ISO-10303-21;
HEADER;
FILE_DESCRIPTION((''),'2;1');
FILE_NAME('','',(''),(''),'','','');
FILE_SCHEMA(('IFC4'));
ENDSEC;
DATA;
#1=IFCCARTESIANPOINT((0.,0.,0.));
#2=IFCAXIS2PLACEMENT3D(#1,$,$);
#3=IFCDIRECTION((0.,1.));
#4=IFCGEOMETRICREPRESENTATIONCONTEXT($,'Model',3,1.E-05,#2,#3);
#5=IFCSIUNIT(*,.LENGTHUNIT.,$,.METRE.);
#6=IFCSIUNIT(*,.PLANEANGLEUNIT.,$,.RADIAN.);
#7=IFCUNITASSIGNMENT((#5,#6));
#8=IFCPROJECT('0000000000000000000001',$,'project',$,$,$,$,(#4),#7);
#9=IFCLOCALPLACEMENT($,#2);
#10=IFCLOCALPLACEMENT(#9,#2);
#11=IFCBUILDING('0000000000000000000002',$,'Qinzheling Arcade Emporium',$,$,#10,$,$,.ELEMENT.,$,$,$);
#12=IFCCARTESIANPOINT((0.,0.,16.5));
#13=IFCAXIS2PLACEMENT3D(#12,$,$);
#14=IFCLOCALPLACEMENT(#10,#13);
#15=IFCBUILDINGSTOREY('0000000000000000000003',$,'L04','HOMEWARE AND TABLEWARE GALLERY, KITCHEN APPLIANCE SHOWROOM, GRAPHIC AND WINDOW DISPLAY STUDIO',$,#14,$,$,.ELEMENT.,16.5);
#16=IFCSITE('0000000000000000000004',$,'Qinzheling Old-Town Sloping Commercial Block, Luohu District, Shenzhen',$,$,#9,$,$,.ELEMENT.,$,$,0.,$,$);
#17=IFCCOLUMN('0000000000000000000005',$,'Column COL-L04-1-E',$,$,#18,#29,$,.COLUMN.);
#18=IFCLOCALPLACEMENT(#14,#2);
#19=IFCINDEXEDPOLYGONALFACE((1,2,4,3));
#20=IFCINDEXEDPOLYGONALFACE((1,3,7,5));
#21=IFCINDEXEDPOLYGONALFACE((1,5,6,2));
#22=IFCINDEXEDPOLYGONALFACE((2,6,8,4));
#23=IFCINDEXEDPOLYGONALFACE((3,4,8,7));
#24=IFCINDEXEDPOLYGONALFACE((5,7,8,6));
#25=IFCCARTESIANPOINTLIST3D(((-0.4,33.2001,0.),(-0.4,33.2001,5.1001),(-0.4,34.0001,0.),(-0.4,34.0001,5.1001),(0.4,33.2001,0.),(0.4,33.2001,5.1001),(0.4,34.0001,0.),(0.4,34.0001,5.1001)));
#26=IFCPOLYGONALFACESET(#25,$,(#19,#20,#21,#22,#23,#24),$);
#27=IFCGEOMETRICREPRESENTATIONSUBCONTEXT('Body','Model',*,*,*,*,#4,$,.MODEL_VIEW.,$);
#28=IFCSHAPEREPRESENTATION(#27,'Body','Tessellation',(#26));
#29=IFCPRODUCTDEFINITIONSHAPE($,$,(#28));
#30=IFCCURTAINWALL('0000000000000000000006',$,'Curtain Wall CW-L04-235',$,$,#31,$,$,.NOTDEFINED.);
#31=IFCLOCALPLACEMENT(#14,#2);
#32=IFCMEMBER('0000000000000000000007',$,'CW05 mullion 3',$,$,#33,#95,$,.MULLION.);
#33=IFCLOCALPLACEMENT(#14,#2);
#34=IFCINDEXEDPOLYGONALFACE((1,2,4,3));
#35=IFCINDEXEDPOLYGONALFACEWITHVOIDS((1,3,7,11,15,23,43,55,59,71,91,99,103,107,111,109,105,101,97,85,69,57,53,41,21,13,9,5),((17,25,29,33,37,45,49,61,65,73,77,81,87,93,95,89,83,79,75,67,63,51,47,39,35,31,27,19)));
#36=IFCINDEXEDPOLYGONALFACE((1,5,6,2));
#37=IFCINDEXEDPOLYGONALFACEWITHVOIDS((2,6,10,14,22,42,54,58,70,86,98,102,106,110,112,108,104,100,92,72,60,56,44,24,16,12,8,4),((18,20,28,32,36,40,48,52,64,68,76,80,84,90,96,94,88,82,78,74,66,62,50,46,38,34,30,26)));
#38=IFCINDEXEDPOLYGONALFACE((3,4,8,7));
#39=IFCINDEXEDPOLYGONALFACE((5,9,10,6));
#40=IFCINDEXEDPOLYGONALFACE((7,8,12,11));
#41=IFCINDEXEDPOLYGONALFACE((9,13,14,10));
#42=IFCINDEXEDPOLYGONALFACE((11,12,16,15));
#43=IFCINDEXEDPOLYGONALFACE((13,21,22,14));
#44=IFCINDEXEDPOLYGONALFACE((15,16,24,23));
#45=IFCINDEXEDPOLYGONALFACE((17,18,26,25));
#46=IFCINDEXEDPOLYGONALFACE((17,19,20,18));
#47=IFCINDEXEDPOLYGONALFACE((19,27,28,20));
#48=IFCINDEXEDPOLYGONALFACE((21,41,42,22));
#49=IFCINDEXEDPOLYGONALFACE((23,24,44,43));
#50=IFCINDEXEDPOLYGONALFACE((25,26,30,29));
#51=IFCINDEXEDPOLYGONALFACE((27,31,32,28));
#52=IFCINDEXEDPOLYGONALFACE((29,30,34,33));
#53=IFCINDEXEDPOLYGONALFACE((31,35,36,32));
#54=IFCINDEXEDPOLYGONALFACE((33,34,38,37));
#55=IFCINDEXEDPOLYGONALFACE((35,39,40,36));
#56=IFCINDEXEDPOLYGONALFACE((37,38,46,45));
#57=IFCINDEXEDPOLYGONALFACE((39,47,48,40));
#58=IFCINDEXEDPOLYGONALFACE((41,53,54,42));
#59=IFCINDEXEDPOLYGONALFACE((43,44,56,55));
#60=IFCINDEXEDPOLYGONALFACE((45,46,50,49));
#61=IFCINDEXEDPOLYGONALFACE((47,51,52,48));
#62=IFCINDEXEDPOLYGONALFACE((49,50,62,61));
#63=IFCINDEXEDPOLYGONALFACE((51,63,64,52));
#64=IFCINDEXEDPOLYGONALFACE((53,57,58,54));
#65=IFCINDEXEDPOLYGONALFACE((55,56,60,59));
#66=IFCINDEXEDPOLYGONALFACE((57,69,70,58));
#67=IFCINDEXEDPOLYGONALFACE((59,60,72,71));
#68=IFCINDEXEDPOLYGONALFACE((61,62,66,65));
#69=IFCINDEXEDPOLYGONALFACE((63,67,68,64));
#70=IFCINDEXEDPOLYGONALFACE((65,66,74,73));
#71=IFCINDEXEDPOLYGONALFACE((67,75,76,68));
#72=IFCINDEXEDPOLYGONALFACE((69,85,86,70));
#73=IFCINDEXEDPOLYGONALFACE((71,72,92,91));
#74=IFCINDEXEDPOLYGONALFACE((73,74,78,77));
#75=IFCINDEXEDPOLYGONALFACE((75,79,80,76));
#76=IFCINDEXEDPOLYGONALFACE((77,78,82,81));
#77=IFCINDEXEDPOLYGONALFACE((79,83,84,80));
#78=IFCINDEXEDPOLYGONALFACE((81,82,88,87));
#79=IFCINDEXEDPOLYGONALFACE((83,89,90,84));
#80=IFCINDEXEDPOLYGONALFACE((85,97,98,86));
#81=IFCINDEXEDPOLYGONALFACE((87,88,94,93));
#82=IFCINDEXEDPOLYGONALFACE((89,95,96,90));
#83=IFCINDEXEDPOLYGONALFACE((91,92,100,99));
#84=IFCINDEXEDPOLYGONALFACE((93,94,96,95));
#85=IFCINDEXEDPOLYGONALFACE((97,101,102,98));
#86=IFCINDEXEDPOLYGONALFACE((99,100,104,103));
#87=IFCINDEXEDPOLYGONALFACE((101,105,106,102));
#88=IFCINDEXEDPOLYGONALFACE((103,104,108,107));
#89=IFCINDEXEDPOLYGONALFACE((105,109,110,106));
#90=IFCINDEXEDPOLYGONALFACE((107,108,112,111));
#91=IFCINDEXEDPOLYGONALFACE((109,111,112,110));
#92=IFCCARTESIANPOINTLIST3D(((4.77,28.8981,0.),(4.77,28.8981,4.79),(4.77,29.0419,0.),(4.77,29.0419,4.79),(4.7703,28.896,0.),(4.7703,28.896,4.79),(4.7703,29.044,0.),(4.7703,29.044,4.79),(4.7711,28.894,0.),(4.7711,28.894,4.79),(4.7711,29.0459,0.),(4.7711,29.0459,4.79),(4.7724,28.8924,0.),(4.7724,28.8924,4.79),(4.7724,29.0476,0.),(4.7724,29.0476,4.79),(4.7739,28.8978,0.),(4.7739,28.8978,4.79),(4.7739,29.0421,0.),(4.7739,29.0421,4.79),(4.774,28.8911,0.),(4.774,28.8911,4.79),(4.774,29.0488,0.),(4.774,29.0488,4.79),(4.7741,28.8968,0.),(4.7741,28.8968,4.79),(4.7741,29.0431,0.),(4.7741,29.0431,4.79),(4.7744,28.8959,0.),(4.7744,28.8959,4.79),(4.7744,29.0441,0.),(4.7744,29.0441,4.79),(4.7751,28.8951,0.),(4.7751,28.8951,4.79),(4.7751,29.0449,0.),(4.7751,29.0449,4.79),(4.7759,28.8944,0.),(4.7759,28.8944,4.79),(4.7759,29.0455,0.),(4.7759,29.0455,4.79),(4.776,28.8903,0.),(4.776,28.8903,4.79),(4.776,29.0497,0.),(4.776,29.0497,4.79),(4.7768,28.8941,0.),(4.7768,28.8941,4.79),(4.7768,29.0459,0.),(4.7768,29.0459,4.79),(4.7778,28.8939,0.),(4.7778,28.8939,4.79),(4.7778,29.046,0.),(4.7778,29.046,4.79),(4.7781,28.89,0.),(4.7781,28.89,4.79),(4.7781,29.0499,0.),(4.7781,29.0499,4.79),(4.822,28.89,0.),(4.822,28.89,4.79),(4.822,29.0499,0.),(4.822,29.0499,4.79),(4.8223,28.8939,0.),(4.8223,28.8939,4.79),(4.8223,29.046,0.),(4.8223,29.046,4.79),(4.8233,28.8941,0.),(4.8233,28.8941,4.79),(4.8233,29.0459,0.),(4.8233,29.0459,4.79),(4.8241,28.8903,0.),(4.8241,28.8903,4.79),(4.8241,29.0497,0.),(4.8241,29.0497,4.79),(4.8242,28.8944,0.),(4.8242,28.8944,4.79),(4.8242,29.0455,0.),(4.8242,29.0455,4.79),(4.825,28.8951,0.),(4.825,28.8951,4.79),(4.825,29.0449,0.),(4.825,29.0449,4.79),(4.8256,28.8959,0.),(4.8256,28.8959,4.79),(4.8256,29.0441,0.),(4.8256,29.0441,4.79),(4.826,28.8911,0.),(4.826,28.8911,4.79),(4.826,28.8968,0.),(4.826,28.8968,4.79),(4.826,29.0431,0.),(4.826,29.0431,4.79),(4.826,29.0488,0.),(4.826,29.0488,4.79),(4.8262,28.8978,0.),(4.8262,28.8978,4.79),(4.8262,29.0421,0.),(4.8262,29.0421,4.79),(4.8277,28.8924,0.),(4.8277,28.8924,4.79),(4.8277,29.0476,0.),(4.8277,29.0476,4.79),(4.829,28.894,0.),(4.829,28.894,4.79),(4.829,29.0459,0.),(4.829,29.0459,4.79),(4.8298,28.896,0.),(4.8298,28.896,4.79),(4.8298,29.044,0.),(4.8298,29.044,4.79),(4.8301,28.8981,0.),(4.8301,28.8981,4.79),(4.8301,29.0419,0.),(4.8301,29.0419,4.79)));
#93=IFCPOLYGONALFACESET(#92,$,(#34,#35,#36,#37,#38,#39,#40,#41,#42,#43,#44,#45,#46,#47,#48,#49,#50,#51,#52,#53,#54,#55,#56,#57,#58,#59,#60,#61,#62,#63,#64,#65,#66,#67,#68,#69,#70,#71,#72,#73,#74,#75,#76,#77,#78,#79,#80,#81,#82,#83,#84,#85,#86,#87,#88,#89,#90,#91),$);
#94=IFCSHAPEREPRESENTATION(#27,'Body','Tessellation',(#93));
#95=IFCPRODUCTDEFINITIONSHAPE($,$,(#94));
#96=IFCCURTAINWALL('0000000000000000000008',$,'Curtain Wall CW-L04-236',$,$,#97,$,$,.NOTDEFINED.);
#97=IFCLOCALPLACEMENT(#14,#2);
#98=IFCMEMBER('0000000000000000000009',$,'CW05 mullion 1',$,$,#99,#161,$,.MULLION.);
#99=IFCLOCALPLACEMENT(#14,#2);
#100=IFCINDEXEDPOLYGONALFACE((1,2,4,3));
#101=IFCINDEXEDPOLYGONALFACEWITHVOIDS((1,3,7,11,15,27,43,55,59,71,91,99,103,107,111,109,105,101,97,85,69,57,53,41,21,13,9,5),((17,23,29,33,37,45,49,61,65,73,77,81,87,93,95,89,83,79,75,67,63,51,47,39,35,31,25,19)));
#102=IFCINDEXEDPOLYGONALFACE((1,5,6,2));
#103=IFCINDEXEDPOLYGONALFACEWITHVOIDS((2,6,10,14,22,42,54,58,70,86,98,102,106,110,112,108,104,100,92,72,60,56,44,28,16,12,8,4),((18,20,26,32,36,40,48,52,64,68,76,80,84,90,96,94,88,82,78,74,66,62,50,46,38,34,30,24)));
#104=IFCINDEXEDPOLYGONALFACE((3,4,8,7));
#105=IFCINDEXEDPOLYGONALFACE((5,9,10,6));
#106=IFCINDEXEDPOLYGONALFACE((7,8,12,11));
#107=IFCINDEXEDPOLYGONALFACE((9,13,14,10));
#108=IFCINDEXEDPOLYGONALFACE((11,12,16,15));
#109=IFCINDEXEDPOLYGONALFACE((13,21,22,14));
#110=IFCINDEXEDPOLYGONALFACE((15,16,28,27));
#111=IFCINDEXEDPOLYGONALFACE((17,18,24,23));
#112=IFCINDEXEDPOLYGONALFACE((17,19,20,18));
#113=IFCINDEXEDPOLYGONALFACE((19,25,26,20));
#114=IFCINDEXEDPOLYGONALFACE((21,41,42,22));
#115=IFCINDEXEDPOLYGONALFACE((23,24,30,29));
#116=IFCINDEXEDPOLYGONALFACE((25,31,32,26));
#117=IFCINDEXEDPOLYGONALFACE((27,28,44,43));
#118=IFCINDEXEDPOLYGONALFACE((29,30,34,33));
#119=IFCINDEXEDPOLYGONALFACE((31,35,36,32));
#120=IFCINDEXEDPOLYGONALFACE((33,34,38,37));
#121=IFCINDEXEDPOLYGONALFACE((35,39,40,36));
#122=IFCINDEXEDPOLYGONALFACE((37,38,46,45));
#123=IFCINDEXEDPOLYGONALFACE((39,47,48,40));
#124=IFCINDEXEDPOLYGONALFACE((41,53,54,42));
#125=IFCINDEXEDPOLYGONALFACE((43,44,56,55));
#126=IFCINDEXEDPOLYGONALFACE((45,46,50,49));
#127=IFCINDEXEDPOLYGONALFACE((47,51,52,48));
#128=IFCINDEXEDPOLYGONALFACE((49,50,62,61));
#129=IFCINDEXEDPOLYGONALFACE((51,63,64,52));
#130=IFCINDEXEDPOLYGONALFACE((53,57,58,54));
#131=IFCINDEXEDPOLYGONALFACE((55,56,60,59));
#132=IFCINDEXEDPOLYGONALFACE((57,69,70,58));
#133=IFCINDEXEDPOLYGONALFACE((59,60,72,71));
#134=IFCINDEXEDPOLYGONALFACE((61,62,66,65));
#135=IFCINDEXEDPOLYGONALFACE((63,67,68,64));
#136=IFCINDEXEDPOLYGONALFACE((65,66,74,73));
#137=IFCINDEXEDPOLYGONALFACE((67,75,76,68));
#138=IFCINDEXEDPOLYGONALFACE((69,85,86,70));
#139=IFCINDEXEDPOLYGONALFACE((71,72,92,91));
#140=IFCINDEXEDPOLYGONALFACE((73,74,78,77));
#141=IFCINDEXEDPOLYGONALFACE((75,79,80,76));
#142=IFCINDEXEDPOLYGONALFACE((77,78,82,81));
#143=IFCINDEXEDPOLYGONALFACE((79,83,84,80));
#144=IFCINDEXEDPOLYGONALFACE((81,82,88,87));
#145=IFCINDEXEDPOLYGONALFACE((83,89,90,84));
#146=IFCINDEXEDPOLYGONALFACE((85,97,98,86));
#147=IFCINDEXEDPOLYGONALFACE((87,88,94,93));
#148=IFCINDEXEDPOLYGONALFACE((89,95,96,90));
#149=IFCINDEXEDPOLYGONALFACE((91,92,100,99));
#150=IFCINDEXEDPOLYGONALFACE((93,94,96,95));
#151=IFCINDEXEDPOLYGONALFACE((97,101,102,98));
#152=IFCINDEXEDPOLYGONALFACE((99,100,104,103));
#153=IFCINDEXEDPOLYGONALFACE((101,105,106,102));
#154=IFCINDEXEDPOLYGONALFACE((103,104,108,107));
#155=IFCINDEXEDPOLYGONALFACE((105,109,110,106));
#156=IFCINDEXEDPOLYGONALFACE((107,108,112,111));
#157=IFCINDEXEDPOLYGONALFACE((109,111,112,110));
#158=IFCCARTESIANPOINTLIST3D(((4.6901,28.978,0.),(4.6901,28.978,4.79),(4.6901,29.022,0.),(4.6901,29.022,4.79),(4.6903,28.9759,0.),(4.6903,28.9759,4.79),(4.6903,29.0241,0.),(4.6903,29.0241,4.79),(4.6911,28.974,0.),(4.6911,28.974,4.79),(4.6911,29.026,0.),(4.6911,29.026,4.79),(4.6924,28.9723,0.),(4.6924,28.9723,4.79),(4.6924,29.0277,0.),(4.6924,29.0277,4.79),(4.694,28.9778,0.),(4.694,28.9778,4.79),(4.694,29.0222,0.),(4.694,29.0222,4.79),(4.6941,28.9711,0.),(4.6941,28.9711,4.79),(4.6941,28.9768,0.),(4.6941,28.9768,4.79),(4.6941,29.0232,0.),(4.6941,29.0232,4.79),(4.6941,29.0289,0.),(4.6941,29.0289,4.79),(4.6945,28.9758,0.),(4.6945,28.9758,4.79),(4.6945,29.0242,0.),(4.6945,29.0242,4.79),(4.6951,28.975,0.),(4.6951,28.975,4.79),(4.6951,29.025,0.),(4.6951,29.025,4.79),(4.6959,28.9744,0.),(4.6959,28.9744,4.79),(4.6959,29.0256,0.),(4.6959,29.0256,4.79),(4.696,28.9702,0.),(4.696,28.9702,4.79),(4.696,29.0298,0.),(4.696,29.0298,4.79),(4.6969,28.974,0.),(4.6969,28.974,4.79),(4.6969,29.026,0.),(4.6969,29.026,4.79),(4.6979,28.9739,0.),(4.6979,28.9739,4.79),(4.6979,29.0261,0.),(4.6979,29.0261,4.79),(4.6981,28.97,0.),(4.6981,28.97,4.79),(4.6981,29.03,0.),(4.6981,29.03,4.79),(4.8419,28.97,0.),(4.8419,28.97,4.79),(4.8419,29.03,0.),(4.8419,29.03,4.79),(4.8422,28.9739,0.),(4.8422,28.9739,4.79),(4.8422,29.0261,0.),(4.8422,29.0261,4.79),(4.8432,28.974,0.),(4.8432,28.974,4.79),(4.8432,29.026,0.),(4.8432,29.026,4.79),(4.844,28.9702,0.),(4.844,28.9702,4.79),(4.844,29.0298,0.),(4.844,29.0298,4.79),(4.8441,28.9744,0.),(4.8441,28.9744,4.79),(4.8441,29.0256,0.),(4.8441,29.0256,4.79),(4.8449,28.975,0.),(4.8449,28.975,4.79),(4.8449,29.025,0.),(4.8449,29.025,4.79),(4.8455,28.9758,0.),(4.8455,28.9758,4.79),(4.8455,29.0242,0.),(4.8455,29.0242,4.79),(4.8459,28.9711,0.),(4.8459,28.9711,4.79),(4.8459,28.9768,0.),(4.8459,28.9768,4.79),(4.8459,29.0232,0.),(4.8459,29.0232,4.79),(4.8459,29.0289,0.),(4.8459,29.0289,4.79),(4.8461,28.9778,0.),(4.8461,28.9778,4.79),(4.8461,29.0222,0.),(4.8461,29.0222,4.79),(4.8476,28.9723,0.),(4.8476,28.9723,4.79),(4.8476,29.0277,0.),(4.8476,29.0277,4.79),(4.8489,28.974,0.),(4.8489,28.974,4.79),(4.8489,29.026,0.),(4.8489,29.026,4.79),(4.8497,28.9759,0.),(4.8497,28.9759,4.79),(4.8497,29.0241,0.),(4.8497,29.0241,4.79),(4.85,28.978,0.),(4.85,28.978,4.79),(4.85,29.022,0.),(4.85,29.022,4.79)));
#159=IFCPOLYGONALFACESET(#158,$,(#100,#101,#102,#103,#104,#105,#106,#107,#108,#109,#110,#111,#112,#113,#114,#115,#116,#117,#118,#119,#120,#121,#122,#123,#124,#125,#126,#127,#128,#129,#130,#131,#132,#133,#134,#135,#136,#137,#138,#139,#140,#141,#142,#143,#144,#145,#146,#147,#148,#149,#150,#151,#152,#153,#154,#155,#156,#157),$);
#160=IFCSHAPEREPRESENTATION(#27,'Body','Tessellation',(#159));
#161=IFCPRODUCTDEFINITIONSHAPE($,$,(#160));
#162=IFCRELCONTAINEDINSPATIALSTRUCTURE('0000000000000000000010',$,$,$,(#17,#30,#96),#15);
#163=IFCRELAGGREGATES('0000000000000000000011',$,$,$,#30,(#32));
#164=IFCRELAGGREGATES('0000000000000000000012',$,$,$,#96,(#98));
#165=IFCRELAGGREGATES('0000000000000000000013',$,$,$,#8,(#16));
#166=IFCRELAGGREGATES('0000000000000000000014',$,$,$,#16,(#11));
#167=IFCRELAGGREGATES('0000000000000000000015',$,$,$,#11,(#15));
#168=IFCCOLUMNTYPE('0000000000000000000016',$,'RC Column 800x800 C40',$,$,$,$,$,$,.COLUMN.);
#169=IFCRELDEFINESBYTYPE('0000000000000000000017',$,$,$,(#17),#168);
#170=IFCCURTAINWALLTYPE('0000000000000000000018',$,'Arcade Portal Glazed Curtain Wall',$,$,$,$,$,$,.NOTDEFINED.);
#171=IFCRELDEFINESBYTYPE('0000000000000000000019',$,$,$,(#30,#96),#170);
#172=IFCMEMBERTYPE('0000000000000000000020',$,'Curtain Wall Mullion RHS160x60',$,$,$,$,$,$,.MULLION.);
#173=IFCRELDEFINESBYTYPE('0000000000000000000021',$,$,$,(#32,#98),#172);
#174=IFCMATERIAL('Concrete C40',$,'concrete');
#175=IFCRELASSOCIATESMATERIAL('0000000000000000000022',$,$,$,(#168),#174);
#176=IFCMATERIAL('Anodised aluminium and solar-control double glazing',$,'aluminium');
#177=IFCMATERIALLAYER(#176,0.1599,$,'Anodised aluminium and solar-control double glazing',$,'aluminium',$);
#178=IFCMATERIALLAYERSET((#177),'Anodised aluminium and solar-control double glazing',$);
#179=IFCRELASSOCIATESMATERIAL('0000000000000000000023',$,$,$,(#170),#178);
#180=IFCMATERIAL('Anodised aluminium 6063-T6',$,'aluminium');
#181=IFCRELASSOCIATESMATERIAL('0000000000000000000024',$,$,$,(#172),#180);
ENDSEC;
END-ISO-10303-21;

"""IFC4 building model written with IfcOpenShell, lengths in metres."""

from ifc_helpers import new_model, si_unit, direction, frame, origin, origin_2d, place, context, subcontext, project, spatial, rectangle, hollow_rectangle, extrude, material, layer, layer_set, material_profile, profile_set, type_object, element, aggregate, save


model = new_model("IFC4")

# Units and contexts
model_context = context("Model", 3, precision=1e-05, world=origin(), true_north=direction((0.0, 1.0)))
body_context = subcontext(model_context, "Body", "Model", "MODEL_VIEW")
ifc_project = project(units=[si_unit("LENGTHUNIT", "METRE"), si_unit("PLANEANGLEUNIT", "RADIAN")], contexts=[model_context])

# Site, building, storey
site_placement = place(None, origin())
site = spatial("IfcSite", under=ifc_project, at=site_placement, Name="Qinzheling Old-Town Sloping Commercial Block, Luohu District, Shenzhen", CompositionType="ELEMENT", RefElevation=0.0)
building_placement = place(site_placement, origin())
building = spatial("IfcBuilding", under=site, at=building_placement, Name="Qinzheling Arcade Emporium", CompositionType="ELEMENT")
storey_placement = place(building_placement, frame((0.0, 0.0, 16.5)))
storey = spatial("IfcBuildingStorey", under=building, at=storey_placement, Name="L04", Description="HOMEWARE AND TABLEWARE GALLERY, KITCHEN APPLIANCE SHOWROOM, GRAPHIC AND WINDOW DISPLAY STUDIO", CompositionType="ELEMENT", Elevation=16.5)

# Column
ifc_material_1 = material(Name="Concrete C40", Category="concrete")
ifc_material_profile_1 = material_profile(ifc_material_1, rectangle(XDim=0.8, YDim=0.8, at=origin_2d()), Name="RC 800x800", Category="concrete")
ifc_profile_set_1 = profile_set([ifc_material_profile_1], Name="Concrete C40")
column_type = type_object("IfcColumnType", Name="RC Column 800x800 C40", PredefinedType="COLUMN", material=ifc_profile_set_1)
column_placement = place(storey_placement, frame((0.0, 33.6001, 0.0), z_axis=(0.0, 0.0, 1.0), x_axis=(1.0, 0.0, 0.0)))
element("IfcColumn", 1, at=column_placement, inside=storey, type_object=column_type, Name="Column COL-L04-1-E", PredefinedType="COLUMN", context=body_context, shape_type="SweptSolid", body=[
    extrude(rectangle(XDim=0.8, YDim=0.8, at=origin_2d()), origin(), (0.0, 0.0, 1.0), 5.1001),
])

# Curtain wall, member
ifc_material_2 = material(Name="Anodised aluminium and solar-control double glazing", Category="aluminium")
ifc_layer_1 = layer(ifc_material_2, 0.1599, Name="Anodised aluminium and solar-control double glazing", Category="aluminium")
ifc_layer_set_1 = layer_set([ifc_layer_1], Name="Anodised aluminium and solar-control double glazing")
curtain_wall_type = type_object("IfcCurtainWallType", Name="Arcade Portal Glazed Curtain Wall", PredefinedType="NOTDEFINED", material=ifc_layer_set_1)
curtain_wall_1_placement = place(storey_placement, origin())
curtain_wall_1 = element("IfcCurtainWall", 2, at=curtain_wall_1_placement, inside=storey, type_object=curtain_wall_type, Name="Curtain Wall CW-L04-235", PredefinedType="NOTDEFINED")
ifc_material_3 = material(Name="Anodised aluminium 6063-T6", Category="aluminium")
ifc_material_profile_2 = material_profile(ifc_material_3, hollow_rectangle(XDim=0.0601, YDim=0.1599, WallThickness=0.0039, InnerFilletRadius=0.0039, OuterFilletRadius=0.0081, at=origin_2d()), Name="RHS 160x60x4", Category="aluminium")
ifc_profile_set_2 = profile_set([ifc_material_profile_2], Name="Anodised aluminium 6063-T6")
member_type_1 = type_object("IfcMemberType", Name="Curtain Wall Mullion RHS160x60", PredefinedType="MULLION", material=ifc_profile_set_2)
member_1_placement = place(storey_placement, frame((4.8, 28.97, 0.0), z_axis=(0.0, 0.0, 1.0), x_axis=(-1.0, 0.0, 0.0)))
member_1 = element("IfcMember", 3, at=member_1_placement, type_object=member_type_1, Name="CW05 mullion 3", PredefinedType="MULLION", context=body_context, shape_type="SweptSolid", body=[
    extrude(hollow_rectangle(XDim=0.0601, YDim=0.1599, WallThickness=0.0039, InnerFilletRadius=0.0039, OuterFilletRadius=0.0081, at=origin_2d()), origin(), (0.0, 0.0, 1.0), 4.79),
])

# Curtain wall, member
curtain_wall_2_placement = place(storey_placement, origin())
curtain_wall_2 = element("IfcCurtainWall", 4, at=curtain_wall_2_placement, inside=storey, type_object=curtain_wall_type, Name="Curtain Wall CW-L04-236", PredefinedType="NOTDEFINED")
member_2_placement = place(storey_placement, frame((4.77, 29.0, 0.0), z_axis=(0.0, 0.0, 1.0), x_axis=(0.0, -1.0, 0.0)))
member_2 = element("IfcMember", 5, at=member_2_placement, type_object=member_type_1, Name="CW05 mullion 1", PredefinedType="MULLION", context=body_context, shape_type="SweptSolid", body=[
    extrude(hollow_rectangle(XDim=0.0601, YDim=0.1599, WallThickness=0.0039, InnerFilletRadius=0.0039, OuterFilletRadius=0.0081, at=origin_2d()), origin(), (0.0, 0.0, 1.0), 4.79),
])

aggregate(curtain_wall_1, [member_1])
aggregate(curtain_wall_2, [member_2])

save(model, "model.ifc")
